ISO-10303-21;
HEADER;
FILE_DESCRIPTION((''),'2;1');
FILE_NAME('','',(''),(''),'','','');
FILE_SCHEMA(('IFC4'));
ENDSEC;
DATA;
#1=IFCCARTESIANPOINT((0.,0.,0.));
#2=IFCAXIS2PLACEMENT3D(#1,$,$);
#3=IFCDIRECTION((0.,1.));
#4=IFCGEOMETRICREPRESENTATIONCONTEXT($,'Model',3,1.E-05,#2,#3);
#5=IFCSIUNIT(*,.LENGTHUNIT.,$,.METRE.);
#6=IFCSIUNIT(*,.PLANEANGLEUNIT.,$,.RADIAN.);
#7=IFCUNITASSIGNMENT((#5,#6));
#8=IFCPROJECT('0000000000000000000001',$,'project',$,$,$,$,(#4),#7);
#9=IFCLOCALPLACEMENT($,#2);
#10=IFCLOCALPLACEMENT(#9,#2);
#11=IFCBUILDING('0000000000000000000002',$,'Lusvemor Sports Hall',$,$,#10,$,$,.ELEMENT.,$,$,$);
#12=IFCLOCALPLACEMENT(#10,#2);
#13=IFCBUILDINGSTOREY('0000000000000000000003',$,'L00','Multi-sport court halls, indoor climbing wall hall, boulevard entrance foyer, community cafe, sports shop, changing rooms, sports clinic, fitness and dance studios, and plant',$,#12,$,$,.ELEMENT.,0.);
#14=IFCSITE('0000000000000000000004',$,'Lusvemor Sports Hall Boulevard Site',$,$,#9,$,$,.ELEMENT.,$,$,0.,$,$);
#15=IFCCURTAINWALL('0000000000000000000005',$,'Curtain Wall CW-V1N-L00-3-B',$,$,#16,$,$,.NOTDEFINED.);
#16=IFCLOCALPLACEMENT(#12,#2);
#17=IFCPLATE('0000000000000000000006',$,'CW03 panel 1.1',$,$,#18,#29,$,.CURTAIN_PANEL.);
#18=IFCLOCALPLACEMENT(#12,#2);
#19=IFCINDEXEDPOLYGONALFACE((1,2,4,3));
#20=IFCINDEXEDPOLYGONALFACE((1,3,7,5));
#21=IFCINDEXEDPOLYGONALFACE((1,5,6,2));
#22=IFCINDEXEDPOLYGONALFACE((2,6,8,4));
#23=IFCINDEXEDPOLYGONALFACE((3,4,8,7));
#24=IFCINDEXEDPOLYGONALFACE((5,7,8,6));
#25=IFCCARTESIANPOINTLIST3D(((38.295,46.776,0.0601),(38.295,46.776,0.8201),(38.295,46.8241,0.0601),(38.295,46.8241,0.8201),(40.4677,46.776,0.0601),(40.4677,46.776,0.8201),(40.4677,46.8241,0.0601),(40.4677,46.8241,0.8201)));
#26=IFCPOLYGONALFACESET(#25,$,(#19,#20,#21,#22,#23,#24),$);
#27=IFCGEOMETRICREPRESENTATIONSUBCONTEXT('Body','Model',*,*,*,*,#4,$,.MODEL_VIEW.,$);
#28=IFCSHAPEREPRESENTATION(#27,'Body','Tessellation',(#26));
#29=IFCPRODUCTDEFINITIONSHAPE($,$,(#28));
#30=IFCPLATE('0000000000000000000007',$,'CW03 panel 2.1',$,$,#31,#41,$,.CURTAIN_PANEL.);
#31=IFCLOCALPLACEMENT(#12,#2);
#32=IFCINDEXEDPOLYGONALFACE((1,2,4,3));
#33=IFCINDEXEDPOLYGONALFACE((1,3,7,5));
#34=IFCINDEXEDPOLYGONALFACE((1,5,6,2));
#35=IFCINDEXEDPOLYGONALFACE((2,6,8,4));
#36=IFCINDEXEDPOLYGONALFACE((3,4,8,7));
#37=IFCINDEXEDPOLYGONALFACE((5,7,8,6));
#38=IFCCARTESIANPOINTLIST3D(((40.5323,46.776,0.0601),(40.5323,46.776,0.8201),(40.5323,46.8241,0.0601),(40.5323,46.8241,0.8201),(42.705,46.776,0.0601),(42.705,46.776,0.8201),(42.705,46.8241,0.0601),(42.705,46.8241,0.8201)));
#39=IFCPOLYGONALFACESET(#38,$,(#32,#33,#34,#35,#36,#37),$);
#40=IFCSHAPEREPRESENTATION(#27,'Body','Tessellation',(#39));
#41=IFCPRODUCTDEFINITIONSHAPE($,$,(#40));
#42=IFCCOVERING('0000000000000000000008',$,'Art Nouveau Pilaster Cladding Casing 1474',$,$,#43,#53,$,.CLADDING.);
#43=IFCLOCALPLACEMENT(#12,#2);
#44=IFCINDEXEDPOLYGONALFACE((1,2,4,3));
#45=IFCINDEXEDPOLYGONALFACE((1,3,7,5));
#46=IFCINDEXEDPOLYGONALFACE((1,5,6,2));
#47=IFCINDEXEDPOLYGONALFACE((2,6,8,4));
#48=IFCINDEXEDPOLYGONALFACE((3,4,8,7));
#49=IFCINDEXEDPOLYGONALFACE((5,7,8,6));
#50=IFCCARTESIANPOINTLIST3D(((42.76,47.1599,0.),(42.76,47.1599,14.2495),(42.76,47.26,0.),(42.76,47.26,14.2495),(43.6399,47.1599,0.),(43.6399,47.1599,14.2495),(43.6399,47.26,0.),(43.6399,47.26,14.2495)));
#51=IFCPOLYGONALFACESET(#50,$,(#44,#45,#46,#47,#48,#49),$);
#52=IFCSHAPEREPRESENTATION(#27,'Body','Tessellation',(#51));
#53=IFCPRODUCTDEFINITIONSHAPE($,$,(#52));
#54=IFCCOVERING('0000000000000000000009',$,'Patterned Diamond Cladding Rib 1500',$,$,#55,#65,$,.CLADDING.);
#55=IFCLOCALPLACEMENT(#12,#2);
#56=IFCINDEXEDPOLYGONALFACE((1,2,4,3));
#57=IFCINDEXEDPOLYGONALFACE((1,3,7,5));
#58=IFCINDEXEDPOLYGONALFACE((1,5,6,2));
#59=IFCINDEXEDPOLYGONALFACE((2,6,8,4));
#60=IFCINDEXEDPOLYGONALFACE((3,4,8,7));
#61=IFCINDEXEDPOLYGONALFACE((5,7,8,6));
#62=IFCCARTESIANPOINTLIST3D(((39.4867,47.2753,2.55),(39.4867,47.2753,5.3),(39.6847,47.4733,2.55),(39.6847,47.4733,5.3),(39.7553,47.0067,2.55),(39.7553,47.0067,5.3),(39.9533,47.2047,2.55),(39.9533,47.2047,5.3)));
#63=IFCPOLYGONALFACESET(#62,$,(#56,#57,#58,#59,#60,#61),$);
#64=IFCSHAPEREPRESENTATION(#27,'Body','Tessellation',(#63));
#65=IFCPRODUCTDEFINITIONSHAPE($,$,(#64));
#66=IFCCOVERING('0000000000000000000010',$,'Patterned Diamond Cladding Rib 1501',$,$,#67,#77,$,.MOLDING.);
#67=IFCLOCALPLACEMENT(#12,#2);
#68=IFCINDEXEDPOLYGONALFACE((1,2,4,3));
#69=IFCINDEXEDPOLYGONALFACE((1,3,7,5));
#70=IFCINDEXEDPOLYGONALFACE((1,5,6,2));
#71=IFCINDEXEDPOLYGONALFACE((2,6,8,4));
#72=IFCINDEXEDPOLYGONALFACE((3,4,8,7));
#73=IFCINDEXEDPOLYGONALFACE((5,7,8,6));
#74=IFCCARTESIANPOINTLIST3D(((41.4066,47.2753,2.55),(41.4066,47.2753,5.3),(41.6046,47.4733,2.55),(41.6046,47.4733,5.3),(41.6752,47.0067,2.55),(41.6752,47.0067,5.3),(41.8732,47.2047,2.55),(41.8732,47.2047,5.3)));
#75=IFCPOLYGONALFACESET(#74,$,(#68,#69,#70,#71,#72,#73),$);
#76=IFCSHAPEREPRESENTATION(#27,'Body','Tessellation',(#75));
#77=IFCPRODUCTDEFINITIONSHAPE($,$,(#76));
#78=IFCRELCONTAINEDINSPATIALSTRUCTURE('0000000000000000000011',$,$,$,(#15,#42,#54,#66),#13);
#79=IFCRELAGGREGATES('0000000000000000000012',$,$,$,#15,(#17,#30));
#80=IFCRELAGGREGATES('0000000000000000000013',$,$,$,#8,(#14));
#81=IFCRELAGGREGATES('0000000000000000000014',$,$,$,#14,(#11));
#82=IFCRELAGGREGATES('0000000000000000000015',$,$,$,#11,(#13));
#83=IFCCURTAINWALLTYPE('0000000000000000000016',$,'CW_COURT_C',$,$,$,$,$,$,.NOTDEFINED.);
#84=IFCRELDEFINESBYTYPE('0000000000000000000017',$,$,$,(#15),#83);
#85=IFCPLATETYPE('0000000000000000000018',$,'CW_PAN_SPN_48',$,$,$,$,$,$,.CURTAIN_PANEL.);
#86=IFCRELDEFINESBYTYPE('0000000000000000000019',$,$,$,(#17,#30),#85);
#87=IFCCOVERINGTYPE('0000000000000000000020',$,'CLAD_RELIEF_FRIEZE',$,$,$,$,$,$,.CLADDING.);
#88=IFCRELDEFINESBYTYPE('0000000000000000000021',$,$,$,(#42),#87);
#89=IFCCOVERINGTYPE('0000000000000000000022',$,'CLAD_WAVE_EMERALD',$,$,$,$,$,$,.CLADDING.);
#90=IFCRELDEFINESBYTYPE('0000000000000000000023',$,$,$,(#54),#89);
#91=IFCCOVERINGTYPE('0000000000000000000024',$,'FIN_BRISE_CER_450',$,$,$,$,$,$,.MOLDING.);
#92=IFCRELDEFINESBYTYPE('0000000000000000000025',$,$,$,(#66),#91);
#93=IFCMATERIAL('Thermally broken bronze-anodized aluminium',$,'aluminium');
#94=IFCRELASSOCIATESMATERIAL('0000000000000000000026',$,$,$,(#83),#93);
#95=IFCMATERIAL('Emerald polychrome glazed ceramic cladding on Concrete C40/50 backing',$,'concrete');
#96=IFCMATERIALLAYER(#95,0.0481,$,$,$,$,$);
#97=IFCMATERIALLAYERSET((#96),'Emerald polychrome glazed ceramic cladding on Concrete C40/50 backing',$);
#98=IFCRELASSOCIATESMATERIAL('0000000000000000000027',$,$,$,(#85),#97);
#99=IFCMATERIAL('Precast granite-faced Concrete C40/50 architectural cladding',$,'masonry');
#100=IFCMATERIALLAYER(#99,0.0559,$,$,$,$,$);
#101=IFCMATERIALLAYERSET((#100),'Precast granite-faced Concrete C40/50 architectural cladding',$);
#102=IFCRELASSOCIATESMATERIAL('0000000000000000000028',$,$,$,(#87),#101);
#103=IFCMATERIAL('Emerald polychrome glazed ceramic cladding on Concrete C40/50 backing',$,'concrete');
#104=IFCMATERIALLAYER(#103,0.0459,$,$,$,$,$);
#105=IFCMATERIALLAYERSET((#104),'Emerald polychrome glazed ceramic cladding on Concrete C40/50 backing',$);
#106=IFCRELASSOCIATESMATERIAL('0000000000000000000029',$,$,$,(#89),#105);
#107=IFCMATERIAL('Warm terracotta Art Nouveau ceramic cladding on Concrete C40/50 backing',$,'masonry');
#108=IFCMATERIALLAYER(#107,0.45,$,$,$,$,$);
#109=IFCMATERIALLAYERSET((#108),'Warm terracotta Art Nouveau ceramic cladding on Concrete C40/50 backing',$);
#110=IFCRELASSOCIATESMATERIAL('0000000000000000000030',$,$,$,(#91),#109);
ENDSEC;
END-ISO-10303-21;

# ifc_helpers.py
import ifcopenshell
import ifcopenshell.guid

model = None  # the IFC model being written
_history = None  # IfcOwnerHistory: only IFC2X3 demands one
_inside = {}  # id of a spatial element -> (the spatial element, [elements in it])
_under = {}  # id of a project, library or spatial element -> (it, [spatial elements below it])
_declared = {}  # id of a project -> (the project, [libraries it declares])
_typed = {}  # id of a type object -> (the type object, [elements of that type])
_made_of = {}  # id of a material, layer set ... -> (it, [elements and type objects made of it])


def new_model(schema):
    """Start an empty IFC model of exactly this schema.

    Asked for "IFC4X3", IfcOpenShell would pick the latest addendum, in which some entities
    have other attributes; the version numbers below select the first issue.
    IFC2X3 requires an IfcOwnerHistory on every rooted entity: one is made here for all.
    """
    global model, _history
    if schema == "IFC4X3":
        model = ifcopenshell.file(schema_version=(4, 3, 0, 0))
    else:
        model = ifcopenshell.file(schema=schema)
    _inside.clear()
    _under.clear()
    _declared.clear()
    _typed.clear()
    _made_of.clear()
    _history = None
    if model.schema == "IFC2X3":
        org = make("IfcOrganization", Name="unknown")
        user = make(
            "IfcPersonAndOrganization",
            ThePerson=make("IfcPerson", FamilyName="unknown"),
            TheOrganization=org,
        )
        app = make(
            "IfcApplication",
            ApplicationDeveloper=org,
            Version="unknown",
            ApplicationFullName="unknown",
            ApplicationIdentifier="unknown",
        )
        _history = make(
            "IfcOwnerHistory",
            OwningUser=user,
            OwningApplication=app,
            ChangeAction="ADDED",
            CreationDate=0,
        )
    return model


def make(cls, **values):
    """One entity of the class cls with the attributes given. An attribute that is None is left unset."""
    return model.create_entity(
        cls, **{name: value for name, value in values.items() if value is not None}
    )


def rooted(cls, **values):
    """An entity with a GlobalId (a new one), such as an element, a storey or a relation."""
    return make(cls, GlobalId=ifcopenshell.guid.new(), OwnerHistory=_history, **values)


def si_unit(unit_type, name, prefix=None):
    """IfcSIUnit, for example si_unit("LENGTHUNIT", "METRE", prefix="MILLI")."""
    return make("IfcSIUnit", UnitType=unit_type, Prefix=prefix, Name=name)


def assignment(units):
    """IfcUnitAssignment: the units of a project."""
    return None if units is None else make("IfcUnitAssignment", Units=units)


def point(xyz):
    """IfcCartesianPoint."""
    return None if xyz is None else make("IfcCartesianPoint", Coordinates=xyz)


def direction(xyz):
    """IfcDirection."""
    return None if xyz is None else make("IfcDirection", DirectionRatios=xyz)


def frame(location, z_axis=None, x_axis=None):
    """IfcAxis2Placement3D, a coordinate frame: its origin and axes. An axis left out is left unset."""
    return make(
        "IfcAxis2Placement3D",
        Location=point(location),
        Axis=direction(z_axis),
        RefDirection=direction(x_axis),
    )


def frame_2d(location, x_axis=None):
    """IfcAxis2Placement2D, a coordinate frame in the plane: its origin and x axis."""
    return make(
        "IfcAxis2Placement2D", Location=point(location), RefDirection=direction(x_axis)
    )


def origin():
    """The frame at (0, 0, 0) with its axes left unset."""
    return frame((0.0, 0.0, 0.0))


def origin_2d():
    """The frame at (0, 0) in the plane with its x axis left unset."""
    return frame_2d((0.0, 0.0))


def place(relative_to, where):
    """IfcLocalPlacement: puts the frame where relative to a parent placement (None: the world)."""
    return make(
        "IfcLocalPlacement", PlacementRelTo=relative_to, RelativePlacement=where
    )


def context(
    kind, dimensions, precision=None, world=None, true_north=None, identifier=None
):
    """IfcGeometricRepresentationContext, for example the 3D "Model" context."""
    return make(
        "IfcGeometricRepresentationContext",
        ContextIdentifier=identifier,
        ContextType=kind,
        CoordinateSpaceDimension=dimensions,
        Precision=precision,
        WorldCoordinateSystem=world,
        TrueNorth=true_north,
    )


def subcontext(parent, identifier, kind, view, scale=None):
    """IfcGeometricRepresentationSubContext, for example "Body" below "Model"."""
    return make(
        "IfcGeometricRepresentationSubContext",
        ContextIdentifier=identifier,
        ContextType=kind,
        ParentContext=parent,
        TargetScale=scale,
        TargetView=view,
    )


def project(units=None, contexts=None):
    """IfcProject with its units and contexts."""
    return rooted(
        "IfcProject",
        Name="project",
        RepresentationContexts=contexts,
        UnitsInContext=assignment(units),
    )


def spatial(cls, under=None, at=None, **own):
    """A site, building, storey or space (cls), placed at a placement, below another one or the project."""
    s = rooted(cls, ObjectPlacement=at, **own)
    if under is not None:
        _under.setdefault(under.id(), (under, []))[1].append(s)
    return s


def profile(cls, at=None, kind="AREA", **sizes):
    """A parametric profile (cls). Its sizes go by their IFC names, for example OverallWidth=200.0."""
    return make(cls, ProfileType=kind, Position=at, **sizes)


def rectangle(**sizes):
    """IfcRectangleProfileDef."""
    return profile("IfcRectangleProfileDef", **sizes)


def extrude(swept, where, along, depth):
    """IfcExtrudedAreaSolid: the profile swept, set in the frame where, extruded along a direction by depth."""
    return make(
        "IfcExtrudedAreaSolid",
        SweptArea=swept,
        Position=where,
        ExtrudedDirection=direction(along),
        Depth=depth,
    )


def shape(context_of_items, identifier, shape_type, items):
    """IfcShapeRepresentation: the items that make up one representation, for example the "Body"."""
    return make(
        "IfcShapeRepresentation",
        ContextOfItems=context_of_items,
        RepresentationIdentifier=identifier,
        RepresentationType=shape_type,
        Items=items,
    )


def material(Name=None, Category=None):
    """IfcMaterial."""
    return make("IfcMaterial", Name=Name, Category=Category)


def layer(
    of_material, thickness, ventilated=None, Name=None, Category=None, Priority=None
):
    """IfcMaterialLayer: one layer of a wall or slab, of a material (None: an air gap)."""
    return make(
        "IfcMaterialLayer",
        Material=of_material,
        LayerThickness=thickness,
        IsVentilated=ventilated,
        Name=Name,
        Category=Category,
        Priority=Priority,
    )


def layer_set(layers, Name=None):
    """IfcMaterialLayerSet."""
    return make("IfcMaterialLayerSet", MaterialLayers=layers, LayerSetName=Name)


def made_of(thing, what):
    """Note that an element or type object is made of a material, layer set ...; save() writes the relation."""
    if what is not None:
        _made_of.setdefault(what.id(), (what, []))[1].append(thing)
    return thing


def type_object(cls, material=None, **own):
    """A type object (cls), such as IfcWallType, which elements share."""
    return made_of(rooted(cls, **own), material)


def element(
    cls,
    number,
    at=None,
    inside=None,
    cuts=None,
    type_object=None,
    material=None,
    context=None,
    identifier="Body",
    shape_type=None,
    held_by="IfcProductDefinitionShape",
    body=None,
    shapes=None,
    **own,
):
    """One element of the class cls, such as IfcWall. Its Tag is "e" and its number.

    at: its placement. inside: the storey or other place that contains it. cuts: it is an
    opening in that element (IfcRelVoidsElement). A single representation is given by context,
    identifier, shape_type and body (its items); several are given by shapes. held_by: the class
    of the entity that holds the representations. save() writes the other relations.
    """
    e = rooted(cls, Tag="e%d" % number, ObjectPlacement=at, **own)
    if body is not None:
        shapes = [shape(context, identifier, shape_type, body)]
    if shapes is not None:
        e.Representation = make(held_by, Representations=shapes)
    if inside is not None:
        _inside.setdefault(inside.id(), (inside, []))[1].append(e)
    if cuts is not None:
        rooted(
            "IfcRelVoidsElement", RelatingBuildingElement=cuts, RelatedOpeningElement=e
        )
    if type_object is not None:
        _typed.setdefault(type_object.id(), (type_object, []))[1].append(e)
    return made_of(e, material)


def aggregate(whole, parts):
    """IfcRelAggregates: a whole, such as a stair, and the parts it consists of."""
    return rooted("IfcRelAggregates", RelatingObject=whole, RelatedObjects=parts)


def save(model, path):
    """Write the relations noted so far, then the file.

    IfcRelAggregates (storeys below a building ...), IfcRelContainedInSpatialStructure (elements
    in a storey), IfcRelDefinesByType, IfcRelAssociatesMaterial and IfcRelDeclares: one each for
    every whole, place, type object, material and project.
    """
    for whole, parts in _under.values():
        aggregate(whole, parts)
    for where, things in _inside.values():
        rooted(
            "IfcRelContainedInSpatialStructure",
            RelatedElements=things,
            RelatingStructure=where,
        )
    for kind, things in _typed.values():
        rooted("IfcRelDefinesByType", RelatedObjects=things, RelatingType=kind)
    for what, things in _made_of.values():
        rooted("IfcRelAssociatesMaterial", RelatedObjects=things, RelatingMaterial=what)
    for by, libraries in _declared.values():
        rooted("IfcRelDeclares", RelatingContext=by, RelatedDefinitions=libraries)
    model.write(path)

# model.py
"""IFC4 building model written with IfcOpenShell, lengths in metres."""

from ifc_helpers import new_model, si_unit, direction, frame, origin, origin_2d, place, context, subcontext, project, spatial, rectangle, extrude, material, layer, layer_set, type_object, element, aggregate, save


model = new_model("IFC4")

# Units and contexts
model_context = context("Model", 3, precision=1e-05, world=origin(), true_north=direction((0.0, 1.0)))
body_context = subcontext(model_context, "Body", "Model", "MODEL_VIEW")
ifc_project = project(units=[si_unit("LENGTHUNIT", "METRE"), si_unit("PLANEANGLEUNIT", "RADIAN")], contexts=[model_context])

# Site, building, storey
site_placement = place(None, origin())
site = spatial("IfcSite", under=ifc_project, at=site_placement, Name="Lusvemor Sports Hall Boulevard Site", CompositionType="ELEMENT", RefElevation=0.0)
building_placement = place(site_placement, origin())
building = spatial("IfcBuilding", under=site, at=building_placement, Name="Lusvemor Sports Hall", CompositionType="ELEMENT")
storey_placement = place(building_placement, origin())
storey = spatial("IfcBuildingStorey", under=building, at=storey_placement, Name="L00", Description="Multi-sport court halls, indoor climbing wall hall, boulevard entrance foyer, community cafe, sports shop, changing rooms, sports clinic, fitness and dance studios, and plant", CompositionType="ELEMENT", Elevation=0.0)

# Curtain wall, plates
ifc_material_1 = material(Name="Thermally broken bronze-anodized aluminium", Category="aluminium")
curtain_wall_type = type_object("IfcCurtainWallType", Name="CW_COURT_C", PredefinedType="NOTDEFINED", material=ifc_material_1)
curtain_wall_placement = place(storey_placement, origin())
curtain_wall = element("IfcCurtainWall", 1, at=curtain_wall_placement, inside=storey, type_object=curtain_wall_type, Name="Curtain Wall CW-V1N-L00-3-B", PredefinedType="NOTDEFINED")
ifc_material_2 = material(Name="Emerald polychrome glazed ceramic cladding on Concrete C40/50 backing", Category="concrete")
ifc_layer_1 = layer(ifc_material_2, 0.0481)
ifc_layer_set_1 = layer_set([ifc_layer_1], Name="Emerald polychrome glazed ceramic cladding on Concrete C40/50 backing")
plate_type_1 = type_object("IfcPlateType", Name="CW_PAN_SPN_48", PredefinedType="CURTAIN_PANEL", material=ifc_layer_set_1)
plate_1_placement = place(storey_placement, frame((39.3813, 46.8, 0.0601), z_axis=(0.0, 0.0, 1.0), x_axis=(1.0, 0.0, 0.0)))
plate_1 = element("IfcPlate", 2, at=plate_1_placement, type_object=plate_type_1, Name="CW03 panel 1.1", PredefinedType="CURTAIN_PANEL", context=body_context, shape_type="SweptSolid", body=[
    extrude(rectangle(XDim=2.1726, YDim=0.0481, at=origin_2d()), origin(), (0.0, 0.0, 1.0), 0.76),
])
plate_2_placement = place(storey_placement, frame((41.6187, 46.8, 0.0601), z_axis=(0.0, 0.0, 1.0), x_axis=(1.0, 0.0, 0.0)))
plate_2 = element("IfcPlate", 3, at=plate_2_placement, type_object=plate_type_1, Name="CW03 panel 2.1", PredefinedType="CURTAIN_PANEL", context=body_context, shape_type="SweptSolid", body=[
    extrude(rectangle(XDim=2.1726, YDim=0.0481, at=origin_2d()), origin(), (0.0, 0.0, 1.0), 0.76),
])
aggregate(curtain_wall, [plate_1, plate_2])

# Coverings
ifc_material_3 = material(Name="Precast granite-faced Concrete C40/50 architectural cladding", Category="masonry")
ifc_layer_2 = layer(ifc_material_3, 0.0559)
ifc_layer_set_2 = layer_set([ifc_layer_2], Name="Precast granite-faced Concrete C40/50 architectural cladding")
covering_type_1 = type_object("IfcCoveringType", Name="CLAD_RELIEF_FRIEZE", PredefinedType="CLADDING", material=ifc_layer_set_2)
covering_1_placement = place(storey_placement, frame((43.2, 47.21, 0.0), z_axis=(0.0, 0.0, 1.0), x_axis=(1.0, 0.0, 0.0)))
element("IfcCovering", 4, at=covering_1_placement, inside=storey, type_object=covering_type_1, Name="Art Nouveau Pilaster Cladding Casing 1474", PredefinedType="CLADDING", context=body_context, shape_type="SweptSolid", body=[
    extrude(rectangle(XDim=0.8799, YDim=0.1001, at=origin_2d()), origin(), (0.0, 0.0, 1.0), 14.2495),
])
ifc_material_4 = material(Name="Emerald polychrome glazed ceramic cladding on Concrete C40/50 backing", Category="concrete")
ifc_layer_3 = layer(ifc_material_4, 0.0459)
ifc_layer_set_3 = layer_set([ifc_layer_3], Name="Emerald polychrome glazed ceramic cladding on Concrete C40/50 backing")
covering_type_2 = type_object("IfcCoveringType", Name="CLAD_WAVE_EMERALD", PredefinedType="CLADDING", material=ifc_layer_set_3)
covering_2_placement = place(storey_placement, frame((39.72, 47.24, 2.55), z_axis=(0.0, 0.0, 1.0), x_axis=(0.707107, 0.707107, 0.0)))
element("IfcCovering", 5, at=covering_2_placement, inside=storey, type_object=covering_type_2, Name="Patterned Diamond Cladding Rib 1500", PredefinedType="CLADDING", context=body_context, shape_type="SweptSolid", body=[
    extrude(rectangle(XDim=0.28, YDim=0.3799, at=origin_2d()), origin(), (0.0, 0.0, 1.0), 2.75),
])
ifc_material_5 = material(Name="Warm terracotta Art Nouveau ceramic cladding on Concrete C40/50 backing", Category="masonry")
ifc_layer_4 = layer(ifc_material_5, 0.45)
ifc_layer_set_4 = layer_set([ifc_layer_4], Name="Warm terracotta Art Nouveau ceramic cladding on Concrete C40/50 backing")
covering_type_3 = type_object("IfcCoveringType", Name="FIN_BRISE_CER_450", PredefinedType="MOLDING", material=ifc_layer_set_4)
covering_3_placement = place(storey_placement, frame((41.6399, 47.24, 2.55), z_axis=(0.0, 0.0, 1.0), x_axis=(0.707107, 0.707107, 0.0)))
element("IfcCovering", 6, at=covering_3_placement, inside=storey, type_object=covering_type_3, Name="Patterned Diamond Cladding Rib 1501", PredefinedType="MOLDING", context=body_context, shape_type="SweptSolid", body=[
    extrude(rectangle(XDim=0.28, YDim=0.3799, at=origin_2d()), origin(), (0.0, 0.0, 1.0), 2.75),
])

save(model, "model.ifc")
